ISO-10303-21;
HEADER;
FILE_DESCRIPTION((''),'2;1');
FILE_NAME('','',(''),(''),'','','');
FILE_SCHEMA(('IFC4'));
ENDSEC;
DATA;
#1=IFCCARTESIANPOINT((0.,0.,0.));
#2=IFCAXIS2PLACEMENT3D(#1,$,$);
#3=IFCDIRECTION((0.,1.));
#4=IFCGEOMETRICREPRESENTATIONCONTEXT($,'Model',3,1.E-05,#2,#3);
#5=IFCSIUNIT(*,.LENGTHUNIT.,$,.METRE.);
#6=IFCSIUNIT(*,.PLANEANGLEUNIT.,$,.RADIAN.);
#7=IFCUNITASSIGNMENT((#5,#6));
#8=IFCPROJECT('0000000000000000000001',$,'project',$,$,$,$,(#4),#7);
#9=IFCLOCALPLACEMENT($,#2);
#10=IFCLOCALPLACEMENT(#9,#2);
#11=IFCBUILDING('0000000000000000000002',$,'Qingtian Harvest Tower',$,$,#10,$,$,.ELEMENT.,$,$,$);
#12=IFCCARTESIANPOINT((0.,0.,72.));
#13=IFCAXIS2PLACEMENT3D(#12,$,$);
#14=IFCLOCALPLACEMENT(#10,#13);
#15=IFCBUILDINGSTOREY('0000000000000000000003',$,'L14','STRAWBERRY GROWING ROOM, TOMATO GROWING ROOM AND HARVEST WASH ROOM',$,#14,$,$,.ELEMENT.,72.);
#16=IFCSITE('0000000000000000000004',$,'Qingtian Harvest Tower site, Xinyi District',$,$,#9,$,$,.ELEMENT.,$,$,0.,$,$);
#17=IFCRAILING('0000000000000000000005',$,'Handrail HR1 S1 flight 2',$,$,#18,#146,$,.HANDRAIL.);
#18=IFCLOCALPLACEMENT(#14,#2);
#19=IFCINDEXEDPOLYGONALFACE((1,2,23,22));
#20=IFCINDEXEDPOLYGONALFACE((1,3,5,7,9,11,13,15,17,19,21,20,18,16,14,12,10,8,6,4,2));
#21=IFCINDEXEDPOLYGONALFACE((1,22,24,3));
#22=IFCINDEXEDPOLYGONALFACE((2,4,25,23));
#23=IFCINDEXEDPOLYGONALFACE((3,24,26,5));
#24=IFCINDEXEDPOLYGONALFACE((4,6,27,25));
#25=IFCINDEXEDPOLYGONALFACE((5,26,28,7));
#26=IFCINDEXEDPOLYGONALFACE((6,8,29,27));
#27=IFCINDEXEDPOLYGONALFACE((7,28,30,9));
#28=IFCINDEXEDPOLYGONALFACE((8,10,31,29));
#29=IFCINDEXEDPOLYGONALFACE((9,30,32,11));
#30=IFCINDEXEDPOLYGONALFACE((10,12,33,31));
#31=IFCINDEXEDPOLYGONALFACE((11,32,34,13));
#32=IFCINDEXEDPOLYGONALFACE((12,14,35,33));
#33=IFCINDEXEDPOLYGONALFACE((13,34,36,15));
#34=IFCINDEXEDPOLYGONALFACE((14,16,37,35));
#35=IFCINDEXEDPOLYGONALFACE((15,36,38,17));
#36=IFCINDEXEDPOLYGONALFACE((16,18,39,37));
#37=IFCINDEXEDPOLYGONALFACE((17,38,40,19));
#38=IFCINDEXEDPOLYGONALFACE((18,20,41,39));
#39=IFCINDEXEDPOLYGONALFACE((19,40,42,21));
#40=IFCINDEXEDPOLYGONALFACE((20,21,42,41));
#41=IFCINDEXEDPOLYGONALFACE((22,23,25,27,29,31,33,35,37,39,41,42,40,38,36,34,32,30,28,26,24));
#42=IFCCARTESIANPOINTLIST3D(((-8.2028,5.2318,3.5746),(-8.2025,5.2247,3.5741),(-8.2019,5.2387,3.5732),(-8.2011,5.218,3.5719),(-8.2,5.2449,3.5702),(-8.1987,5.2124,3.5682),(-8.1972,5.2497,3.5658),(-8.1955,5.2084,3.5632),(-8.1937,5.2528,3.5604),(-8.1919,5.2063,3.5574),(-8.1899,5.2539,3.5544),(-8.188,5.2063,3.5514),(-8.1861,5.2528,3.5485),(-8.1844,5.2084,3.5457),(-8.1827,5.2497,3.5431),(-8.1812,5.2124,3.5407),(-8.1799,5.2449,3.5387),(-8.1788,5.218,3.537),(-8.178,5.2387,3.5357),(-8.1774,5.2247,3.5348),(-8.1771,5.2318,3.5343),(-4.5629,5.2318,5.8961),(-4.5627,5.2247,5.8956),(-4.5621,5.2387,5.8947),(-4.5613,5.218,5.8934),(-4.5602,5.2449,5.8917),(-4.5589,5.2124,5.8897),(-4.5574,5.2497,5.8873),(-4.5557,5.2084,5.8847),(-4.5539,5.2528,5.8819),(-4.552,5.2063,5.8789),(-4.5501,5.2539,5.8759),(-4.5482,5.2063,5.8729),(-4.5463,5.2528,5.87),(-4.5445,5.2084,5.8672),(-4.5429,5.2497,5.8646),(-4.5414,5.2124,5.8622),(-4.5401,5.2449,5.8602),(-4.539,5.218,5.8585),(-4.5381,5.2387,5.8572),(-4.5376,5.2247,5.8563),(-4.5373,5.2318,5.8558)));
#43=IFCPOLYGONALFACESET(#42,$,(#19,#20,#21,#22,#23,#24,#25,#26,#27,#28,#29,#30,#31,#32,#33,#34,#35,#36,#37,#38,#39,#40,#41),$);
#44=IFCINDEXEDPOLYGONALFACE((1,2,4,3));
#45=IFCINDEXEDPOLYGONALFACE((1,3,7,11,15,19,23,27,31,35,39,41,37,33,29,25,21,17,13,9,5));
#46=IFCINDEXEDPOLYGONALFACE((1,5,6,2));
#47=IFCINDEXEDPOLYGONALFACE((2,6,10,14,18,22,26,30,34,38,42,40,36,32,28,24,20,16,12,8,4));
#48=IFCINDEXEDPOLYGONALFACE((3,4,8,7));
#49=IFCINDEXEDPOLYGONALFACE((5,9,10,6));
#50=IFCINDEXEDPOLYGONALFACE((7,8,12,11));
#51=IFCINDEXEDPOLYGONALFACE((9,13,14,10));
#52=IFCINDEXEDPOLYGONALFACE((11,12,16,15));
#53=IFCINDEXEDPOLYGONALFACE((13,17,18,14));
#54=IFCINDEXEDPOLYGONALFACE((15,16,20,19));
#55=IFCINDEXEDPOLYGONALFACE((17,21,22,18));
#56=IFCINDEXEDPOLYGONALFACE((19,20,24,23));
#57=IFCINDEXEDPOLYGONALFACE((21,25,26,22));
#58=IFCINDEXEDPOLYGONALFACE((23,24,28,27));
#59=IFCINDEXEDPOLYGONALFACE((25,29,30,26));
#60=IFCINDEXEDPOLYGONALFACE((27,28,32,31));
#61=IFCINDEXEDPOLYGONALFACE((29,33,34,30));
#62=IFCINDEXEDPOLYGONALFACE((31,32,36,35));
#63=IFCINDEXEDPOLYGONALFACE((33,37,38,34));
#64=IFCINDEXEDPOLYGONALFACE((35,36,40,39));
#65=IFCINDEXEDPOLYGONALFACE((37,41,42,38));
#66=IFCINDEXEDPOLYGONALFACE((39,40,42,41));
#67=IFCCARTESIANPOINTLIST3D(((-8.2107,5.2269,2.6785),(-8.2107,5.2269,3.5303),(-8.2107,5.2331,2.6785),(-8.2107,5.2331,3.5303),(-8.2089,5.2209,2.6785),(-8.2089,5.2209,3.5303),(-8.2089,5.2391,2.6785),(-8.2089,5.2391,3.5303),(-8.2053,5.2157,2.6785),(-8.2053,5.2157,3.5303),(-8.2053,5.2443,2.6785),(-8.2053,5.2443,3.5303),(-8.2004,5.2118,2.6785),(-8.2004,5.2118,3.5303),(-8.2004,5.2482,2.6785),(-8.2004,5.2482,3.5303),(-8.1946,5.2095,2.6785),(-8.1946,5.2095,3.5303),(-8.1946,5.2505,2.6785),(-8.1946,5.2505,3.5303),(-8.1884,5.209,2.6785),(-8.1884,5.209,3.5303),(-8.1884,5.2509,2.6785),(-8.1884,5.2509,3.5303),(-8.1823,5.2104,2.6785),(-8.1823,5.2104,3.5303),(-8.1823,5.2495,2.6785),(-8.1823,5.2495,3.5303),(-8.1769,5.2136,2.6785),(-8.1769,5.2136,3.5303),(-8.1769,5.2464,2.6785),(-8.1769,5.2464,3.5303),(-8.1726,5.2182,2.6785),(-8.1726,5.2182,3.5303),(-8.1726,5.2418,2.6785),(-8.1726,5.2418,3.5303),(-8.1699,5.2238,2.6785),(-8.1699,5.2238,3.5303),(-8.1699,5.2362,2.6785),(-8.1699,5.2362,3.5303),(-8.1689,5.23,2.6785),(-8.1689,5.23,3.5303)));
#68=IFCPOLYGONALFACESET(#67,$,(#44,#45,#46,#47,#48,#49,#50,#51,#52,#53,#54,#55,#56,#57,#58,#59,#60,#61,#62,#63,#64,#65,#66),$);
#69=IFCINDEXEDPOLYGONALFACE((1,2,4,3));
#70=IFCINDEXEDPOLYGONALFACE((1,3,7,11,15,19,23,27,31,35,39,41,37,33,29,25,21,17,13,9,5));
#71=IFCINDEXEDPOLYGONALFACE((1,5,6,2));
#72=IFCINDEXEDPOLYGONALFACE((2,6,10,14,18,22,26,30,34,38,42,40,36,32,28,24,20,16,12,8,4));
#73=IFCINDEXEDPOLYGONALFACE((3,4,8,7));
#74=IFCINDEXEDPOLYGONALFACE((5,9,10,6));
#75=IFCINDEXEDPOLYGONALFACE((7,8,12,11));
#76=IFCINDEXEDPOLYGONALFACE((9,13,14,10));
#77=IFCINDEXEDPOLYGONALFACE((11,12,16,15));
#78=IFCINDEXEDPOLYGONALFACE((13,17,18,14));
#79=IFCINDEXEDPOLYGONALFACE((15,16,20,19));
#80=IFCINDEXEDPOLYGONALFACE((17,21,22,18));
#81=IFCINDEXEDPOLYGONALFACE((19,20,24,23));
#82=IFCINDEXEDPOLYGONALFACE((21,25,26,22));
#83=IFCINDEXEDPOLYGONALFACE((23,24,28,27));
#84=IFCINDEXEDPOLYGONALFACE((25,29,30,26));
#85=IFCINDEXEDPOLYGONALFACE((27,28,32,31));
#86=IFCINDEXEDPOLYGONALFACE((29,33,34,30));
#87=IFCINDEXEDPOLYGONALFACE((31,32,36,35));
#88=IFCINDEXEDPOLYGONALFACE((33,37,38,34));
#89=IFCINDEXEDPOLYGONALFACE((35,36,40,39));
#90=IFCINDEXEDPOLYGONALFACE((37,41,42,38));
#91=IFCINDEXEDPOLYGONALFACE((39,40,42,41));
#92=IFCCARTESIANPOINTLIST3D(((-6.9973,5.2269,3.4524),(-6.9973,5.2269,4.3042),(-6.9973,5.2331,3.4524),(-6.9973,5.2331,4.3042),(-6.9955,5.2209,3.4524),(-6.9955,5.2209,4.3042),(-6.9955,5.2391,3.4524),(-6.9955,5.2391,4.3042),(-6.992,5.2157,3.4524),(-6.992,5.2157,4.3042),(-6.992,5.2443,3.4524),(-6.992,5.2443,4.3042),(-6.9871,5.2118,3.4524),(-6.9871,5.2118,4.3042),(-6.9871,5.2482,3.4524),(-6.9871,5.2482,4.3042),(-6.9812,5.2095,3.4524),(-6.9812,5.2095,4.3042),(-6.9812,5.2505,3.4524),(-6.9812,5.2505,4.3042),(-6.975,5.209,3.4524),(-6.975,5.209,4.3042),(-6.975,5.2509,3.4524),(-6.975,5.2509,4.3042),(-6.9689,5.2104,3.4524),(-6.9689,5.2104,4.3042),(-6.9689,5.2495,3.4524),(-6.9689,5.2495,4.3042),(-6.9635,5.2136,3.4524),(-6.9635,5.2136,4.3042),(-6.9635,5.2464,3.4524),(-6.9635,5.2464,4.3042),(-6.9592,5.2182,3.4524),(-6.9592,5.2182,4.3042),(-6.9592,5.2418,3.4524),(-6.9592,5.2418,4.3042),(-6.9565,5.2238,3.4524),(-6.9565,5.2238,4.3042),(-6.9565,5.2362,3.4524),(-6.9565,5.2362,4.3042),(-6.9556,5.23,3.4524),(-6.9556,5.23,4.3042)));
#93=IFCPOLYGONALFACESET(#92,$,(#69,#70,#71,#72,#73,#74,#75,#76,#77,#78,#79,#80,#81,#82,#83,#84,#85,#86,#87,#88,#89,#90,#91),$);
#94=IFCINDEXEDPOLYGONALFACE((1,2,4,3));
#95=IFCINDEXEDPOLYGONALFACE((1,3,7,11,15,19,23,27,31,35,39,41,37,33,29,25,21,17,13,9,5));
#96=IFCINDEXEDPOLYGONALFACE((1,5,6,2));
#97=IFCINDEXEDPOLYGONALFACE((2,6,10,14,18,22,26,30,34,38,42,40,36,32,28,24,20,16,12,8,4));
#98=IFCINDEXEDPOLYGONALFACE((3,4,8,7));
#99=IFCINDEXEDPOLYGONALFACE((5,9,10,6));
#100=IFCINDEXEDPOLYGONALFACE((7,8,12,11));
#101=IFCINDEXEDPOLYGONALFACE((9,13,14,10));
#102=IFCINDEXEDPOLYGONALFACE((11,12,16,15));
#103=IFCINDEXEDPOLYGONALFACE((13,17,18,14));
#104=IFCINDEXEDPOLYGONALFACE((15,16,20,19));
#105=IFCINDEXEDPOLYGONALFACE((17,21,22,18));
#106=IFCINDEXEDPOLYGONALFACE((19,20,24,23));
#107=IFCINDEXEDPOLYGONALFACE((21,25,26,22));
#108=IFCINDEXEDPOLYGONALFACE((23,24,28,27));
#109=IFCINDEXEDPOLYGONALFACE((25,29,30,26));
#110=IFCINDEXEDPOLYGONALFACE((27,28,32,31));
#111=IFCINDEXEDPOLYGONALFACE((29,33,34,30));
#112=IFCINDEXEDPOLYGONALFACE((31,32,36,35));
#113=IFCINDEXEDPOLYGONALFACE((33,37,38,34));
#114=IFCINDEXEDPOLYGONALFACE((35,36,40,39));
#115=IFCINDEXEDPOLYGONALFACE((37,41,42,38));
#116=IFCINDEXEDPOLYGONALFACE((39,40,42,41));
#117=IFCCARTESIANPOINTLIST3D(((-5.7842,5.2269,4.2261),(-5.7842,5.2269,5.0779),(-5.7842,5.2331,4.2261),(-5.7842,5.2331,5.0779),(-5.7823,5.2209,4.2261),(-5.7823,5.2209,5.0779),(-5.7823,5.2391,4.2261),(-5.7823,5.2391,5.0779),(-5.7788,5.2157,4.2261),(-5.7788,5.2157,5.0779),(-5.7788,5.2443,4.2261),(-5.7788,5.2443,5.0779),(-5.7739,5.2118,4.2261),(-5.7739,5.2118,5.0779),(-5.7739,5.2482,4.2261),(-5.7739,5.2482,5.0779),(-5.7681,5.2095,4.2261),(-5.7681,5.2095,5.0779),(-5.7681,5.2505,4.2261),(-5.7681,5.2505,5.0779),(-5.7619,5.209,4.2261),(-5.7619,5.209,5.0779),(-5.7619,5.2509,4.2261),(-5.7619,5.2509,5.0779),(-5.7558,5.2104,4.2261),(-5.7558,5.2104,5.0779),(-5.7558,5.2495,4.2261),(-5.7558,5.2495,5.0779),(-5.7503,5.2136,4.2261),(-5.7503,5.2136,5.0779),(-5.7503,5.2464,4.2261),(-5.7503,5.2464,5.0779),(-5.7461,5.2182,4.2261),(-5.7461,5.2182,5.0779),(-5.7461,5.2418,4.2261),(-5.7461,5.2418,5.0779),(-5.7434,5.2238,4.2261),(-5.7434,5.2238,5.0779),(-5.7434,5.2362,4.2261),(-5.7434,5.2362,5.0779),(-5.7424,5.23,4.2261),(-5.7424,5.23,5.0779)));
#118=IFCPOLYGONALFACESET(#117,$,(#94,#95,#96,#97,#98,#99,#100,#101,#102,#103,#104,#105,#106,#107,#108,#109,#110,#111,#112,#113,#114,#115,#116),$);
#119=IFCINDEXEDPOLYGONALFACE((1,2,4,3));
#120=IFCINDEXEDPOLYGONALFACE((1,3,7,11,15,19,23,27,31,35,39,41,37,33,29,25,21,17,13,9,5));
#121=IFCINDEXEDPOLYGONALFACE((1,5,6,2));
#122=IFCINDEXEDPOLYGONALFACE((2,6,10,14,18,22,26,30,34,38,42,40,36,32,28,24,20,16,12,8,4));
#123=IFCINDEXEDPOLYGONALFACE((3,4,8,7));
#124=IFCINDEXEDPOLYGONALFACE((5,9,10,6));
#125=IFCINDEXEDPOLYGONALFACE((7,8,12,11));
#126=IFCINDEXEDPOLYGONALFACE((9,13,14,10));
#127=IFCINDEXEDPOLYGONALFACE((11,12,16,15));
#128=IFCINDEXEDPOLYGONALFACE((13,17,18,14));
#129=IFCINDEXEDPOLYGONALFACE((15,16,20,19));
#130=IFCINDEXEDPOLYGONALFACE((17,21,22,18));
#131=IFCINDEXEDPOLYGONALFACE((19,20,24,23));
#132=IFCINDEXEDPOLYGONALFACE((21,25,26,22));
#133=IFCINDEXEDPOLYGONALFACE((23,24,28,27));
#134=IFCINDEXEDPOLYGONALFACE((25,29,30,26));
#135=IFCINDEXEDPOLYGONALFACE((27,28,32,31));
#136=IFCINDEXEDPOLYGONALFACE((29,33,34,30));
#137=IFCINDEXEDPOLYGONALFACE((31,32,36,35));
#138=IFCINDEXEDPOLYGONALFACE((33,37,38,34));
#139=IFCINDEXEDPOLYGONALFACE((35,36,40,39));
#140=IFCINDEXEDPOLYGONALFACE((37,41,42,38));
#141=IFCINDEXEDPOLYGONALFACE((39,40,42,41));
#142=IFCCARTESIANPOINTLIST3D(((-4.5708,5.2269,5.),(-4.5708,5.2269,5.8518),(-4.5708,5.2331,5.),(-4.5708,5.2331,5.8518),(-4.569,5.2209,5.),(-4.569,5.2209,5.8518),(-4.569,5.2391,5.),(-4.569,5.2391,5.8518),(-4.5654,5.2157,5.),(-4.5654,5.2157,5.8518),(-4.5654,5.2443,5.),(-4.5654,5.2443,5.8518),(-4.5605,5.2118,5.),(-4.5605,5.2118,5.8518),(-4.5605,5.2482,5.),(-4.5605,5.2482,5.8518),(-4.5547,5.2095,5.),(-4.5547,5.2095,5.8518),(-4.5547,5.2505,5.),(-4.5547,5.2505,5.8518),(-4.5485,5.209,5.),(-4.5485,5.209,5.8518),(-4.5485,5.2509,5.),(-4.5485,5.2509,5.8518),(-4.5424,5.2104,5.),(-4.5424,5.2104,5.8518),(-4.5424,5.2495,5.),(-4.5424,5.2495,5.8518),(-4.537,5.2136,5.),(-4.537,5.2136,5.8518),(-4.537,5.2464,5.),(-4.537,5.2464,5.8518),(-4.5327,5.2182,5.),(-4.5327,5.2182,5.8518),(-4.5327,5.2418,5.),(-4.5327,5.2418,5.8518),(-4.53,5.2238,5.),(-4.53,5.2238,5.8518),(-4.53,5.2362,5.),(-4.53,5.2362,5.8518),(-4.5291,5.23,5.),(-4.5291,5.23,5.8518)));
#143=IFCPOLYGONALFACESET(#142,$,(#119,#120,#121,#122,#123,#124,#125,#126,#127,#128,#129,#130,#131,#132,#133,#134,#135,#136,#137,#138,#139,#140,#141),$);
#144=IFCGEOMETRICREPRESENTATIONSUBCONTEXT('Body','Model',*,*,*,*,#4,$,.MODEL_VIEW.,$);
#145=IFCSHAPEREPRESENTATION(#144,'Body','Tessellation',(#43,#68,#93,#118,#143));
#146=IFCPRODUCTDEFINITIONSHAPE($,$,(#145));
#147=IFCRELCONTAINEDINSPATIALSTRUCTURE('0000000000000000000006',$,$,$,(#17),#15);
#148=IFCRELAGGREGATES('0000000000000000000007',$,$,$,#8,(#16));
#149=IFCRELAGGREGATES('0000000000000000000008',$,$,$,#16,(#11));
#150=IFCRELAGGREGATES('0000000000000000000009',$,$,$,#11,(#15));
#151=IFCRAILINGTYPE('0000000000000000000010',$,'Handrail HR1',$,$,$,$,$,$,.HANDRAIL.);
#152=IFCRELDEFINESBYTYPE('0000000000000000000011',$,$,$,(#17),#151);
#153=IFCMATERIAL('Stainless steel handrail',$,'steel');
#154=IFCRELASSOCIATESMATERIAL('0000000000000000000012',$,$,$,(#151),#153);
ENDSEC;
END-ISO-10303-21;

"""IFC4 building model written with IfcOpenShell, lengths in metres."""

from ifc_helpers import new_model, si_unit, direction, frame, origin, origin_2d, place, context, subcontext, project, spatial, circle, extrude, material, type_object, element, save


model = new_model("IFC4")

# Units and contexts
model_context = context("Model", 3, precision=1e-05, world=origin(), true_north=direction((0.0, 1.0)))
body_context = subcontext(model_context, "Body", "Model", "MODEL_VIEW")
ifc_project = project(units=[si_unit("LENGTHUNIT", "METRE"), si_unit("PLANEANGLEUNIT", "RADIAN")], contexts=[model_context])

# Site, building, storey
site_placement = place(None, origin())
site = spatial("IfcSite", under=ifc_project, at=site_placement, Name="Qingtian Harvest Tower site, Xinyi District", CompositionType="ELEMENT", RefElevation=0.0)
building_placement = place(site_placement, origin())
building = spatial("IfcBuilding", under=site, at=building_placement, Name="Qingtian Harvest Tower", CompositionType="ELEMENT")
storey_placement = place(building_placement, frame((0.0, 0.0, 72.0)))
storey = spatial("IfcBuildingStorey", under=building, at=storey_placement, Name="L14", Description="STRAWBERRY GROWING ROOM, TOMATO GROWING ROOM AND HARVEST WASH ROOM", CompositionType="ELEMENT", Elevation=72.0)

# Railing
ifc_material_1 = material(Name="Stainless steel handrail", Category="steel")
railing_type = type_object("IfcRailingType", Name="Handrail HR1", PredefinedType="HANDRAIL", material=ifc_material_1)
railing_placement = place(storey_placement, frame((-8.1899, 5.23, 2.6785)))
element("IfcRailing", 1, at=railing_placement, inside=storey, type_object=railing_type, Name="Handrail HR1 S1 flight 2", PredefinedType="HANDRAIL", context=body_context, shape_type="SweptSolid", body=[
    extrude(circle(Radius=0.0239, at=origin_2d()), frame((0.0, 0.0, 0.876), z_axis=(0.843112, 0.0, 0.537739), x_axis=(0.0, 1.0, 0.0)), (0.0, 0.0, 1.0), 4.3171),
    extrude(circle(Radius=0.021, at=origin_2d()), origin(), (0.0, 0.0, 1.0), 0.8518),
    extrude(circle(Radius=0.021, at=origin_2d()), frame((1.2134, 0.0, 0.7739)), (0.0, 0.0, 1.0), 0.8518),
    extrude(circle(Radius=0.021, at=origin_2d()), frame((2.4265, 0.0, 1.5476)), (0.0, 0.0, 1.0), 0.8518),
    extrude(circle(Radius=0.021, at=origin_2d()), frame((3.6399, 0.0, 2.3215)), (0.0, 0.0, 1.0), 0.8518),
])

save(model, "model.ifc")
